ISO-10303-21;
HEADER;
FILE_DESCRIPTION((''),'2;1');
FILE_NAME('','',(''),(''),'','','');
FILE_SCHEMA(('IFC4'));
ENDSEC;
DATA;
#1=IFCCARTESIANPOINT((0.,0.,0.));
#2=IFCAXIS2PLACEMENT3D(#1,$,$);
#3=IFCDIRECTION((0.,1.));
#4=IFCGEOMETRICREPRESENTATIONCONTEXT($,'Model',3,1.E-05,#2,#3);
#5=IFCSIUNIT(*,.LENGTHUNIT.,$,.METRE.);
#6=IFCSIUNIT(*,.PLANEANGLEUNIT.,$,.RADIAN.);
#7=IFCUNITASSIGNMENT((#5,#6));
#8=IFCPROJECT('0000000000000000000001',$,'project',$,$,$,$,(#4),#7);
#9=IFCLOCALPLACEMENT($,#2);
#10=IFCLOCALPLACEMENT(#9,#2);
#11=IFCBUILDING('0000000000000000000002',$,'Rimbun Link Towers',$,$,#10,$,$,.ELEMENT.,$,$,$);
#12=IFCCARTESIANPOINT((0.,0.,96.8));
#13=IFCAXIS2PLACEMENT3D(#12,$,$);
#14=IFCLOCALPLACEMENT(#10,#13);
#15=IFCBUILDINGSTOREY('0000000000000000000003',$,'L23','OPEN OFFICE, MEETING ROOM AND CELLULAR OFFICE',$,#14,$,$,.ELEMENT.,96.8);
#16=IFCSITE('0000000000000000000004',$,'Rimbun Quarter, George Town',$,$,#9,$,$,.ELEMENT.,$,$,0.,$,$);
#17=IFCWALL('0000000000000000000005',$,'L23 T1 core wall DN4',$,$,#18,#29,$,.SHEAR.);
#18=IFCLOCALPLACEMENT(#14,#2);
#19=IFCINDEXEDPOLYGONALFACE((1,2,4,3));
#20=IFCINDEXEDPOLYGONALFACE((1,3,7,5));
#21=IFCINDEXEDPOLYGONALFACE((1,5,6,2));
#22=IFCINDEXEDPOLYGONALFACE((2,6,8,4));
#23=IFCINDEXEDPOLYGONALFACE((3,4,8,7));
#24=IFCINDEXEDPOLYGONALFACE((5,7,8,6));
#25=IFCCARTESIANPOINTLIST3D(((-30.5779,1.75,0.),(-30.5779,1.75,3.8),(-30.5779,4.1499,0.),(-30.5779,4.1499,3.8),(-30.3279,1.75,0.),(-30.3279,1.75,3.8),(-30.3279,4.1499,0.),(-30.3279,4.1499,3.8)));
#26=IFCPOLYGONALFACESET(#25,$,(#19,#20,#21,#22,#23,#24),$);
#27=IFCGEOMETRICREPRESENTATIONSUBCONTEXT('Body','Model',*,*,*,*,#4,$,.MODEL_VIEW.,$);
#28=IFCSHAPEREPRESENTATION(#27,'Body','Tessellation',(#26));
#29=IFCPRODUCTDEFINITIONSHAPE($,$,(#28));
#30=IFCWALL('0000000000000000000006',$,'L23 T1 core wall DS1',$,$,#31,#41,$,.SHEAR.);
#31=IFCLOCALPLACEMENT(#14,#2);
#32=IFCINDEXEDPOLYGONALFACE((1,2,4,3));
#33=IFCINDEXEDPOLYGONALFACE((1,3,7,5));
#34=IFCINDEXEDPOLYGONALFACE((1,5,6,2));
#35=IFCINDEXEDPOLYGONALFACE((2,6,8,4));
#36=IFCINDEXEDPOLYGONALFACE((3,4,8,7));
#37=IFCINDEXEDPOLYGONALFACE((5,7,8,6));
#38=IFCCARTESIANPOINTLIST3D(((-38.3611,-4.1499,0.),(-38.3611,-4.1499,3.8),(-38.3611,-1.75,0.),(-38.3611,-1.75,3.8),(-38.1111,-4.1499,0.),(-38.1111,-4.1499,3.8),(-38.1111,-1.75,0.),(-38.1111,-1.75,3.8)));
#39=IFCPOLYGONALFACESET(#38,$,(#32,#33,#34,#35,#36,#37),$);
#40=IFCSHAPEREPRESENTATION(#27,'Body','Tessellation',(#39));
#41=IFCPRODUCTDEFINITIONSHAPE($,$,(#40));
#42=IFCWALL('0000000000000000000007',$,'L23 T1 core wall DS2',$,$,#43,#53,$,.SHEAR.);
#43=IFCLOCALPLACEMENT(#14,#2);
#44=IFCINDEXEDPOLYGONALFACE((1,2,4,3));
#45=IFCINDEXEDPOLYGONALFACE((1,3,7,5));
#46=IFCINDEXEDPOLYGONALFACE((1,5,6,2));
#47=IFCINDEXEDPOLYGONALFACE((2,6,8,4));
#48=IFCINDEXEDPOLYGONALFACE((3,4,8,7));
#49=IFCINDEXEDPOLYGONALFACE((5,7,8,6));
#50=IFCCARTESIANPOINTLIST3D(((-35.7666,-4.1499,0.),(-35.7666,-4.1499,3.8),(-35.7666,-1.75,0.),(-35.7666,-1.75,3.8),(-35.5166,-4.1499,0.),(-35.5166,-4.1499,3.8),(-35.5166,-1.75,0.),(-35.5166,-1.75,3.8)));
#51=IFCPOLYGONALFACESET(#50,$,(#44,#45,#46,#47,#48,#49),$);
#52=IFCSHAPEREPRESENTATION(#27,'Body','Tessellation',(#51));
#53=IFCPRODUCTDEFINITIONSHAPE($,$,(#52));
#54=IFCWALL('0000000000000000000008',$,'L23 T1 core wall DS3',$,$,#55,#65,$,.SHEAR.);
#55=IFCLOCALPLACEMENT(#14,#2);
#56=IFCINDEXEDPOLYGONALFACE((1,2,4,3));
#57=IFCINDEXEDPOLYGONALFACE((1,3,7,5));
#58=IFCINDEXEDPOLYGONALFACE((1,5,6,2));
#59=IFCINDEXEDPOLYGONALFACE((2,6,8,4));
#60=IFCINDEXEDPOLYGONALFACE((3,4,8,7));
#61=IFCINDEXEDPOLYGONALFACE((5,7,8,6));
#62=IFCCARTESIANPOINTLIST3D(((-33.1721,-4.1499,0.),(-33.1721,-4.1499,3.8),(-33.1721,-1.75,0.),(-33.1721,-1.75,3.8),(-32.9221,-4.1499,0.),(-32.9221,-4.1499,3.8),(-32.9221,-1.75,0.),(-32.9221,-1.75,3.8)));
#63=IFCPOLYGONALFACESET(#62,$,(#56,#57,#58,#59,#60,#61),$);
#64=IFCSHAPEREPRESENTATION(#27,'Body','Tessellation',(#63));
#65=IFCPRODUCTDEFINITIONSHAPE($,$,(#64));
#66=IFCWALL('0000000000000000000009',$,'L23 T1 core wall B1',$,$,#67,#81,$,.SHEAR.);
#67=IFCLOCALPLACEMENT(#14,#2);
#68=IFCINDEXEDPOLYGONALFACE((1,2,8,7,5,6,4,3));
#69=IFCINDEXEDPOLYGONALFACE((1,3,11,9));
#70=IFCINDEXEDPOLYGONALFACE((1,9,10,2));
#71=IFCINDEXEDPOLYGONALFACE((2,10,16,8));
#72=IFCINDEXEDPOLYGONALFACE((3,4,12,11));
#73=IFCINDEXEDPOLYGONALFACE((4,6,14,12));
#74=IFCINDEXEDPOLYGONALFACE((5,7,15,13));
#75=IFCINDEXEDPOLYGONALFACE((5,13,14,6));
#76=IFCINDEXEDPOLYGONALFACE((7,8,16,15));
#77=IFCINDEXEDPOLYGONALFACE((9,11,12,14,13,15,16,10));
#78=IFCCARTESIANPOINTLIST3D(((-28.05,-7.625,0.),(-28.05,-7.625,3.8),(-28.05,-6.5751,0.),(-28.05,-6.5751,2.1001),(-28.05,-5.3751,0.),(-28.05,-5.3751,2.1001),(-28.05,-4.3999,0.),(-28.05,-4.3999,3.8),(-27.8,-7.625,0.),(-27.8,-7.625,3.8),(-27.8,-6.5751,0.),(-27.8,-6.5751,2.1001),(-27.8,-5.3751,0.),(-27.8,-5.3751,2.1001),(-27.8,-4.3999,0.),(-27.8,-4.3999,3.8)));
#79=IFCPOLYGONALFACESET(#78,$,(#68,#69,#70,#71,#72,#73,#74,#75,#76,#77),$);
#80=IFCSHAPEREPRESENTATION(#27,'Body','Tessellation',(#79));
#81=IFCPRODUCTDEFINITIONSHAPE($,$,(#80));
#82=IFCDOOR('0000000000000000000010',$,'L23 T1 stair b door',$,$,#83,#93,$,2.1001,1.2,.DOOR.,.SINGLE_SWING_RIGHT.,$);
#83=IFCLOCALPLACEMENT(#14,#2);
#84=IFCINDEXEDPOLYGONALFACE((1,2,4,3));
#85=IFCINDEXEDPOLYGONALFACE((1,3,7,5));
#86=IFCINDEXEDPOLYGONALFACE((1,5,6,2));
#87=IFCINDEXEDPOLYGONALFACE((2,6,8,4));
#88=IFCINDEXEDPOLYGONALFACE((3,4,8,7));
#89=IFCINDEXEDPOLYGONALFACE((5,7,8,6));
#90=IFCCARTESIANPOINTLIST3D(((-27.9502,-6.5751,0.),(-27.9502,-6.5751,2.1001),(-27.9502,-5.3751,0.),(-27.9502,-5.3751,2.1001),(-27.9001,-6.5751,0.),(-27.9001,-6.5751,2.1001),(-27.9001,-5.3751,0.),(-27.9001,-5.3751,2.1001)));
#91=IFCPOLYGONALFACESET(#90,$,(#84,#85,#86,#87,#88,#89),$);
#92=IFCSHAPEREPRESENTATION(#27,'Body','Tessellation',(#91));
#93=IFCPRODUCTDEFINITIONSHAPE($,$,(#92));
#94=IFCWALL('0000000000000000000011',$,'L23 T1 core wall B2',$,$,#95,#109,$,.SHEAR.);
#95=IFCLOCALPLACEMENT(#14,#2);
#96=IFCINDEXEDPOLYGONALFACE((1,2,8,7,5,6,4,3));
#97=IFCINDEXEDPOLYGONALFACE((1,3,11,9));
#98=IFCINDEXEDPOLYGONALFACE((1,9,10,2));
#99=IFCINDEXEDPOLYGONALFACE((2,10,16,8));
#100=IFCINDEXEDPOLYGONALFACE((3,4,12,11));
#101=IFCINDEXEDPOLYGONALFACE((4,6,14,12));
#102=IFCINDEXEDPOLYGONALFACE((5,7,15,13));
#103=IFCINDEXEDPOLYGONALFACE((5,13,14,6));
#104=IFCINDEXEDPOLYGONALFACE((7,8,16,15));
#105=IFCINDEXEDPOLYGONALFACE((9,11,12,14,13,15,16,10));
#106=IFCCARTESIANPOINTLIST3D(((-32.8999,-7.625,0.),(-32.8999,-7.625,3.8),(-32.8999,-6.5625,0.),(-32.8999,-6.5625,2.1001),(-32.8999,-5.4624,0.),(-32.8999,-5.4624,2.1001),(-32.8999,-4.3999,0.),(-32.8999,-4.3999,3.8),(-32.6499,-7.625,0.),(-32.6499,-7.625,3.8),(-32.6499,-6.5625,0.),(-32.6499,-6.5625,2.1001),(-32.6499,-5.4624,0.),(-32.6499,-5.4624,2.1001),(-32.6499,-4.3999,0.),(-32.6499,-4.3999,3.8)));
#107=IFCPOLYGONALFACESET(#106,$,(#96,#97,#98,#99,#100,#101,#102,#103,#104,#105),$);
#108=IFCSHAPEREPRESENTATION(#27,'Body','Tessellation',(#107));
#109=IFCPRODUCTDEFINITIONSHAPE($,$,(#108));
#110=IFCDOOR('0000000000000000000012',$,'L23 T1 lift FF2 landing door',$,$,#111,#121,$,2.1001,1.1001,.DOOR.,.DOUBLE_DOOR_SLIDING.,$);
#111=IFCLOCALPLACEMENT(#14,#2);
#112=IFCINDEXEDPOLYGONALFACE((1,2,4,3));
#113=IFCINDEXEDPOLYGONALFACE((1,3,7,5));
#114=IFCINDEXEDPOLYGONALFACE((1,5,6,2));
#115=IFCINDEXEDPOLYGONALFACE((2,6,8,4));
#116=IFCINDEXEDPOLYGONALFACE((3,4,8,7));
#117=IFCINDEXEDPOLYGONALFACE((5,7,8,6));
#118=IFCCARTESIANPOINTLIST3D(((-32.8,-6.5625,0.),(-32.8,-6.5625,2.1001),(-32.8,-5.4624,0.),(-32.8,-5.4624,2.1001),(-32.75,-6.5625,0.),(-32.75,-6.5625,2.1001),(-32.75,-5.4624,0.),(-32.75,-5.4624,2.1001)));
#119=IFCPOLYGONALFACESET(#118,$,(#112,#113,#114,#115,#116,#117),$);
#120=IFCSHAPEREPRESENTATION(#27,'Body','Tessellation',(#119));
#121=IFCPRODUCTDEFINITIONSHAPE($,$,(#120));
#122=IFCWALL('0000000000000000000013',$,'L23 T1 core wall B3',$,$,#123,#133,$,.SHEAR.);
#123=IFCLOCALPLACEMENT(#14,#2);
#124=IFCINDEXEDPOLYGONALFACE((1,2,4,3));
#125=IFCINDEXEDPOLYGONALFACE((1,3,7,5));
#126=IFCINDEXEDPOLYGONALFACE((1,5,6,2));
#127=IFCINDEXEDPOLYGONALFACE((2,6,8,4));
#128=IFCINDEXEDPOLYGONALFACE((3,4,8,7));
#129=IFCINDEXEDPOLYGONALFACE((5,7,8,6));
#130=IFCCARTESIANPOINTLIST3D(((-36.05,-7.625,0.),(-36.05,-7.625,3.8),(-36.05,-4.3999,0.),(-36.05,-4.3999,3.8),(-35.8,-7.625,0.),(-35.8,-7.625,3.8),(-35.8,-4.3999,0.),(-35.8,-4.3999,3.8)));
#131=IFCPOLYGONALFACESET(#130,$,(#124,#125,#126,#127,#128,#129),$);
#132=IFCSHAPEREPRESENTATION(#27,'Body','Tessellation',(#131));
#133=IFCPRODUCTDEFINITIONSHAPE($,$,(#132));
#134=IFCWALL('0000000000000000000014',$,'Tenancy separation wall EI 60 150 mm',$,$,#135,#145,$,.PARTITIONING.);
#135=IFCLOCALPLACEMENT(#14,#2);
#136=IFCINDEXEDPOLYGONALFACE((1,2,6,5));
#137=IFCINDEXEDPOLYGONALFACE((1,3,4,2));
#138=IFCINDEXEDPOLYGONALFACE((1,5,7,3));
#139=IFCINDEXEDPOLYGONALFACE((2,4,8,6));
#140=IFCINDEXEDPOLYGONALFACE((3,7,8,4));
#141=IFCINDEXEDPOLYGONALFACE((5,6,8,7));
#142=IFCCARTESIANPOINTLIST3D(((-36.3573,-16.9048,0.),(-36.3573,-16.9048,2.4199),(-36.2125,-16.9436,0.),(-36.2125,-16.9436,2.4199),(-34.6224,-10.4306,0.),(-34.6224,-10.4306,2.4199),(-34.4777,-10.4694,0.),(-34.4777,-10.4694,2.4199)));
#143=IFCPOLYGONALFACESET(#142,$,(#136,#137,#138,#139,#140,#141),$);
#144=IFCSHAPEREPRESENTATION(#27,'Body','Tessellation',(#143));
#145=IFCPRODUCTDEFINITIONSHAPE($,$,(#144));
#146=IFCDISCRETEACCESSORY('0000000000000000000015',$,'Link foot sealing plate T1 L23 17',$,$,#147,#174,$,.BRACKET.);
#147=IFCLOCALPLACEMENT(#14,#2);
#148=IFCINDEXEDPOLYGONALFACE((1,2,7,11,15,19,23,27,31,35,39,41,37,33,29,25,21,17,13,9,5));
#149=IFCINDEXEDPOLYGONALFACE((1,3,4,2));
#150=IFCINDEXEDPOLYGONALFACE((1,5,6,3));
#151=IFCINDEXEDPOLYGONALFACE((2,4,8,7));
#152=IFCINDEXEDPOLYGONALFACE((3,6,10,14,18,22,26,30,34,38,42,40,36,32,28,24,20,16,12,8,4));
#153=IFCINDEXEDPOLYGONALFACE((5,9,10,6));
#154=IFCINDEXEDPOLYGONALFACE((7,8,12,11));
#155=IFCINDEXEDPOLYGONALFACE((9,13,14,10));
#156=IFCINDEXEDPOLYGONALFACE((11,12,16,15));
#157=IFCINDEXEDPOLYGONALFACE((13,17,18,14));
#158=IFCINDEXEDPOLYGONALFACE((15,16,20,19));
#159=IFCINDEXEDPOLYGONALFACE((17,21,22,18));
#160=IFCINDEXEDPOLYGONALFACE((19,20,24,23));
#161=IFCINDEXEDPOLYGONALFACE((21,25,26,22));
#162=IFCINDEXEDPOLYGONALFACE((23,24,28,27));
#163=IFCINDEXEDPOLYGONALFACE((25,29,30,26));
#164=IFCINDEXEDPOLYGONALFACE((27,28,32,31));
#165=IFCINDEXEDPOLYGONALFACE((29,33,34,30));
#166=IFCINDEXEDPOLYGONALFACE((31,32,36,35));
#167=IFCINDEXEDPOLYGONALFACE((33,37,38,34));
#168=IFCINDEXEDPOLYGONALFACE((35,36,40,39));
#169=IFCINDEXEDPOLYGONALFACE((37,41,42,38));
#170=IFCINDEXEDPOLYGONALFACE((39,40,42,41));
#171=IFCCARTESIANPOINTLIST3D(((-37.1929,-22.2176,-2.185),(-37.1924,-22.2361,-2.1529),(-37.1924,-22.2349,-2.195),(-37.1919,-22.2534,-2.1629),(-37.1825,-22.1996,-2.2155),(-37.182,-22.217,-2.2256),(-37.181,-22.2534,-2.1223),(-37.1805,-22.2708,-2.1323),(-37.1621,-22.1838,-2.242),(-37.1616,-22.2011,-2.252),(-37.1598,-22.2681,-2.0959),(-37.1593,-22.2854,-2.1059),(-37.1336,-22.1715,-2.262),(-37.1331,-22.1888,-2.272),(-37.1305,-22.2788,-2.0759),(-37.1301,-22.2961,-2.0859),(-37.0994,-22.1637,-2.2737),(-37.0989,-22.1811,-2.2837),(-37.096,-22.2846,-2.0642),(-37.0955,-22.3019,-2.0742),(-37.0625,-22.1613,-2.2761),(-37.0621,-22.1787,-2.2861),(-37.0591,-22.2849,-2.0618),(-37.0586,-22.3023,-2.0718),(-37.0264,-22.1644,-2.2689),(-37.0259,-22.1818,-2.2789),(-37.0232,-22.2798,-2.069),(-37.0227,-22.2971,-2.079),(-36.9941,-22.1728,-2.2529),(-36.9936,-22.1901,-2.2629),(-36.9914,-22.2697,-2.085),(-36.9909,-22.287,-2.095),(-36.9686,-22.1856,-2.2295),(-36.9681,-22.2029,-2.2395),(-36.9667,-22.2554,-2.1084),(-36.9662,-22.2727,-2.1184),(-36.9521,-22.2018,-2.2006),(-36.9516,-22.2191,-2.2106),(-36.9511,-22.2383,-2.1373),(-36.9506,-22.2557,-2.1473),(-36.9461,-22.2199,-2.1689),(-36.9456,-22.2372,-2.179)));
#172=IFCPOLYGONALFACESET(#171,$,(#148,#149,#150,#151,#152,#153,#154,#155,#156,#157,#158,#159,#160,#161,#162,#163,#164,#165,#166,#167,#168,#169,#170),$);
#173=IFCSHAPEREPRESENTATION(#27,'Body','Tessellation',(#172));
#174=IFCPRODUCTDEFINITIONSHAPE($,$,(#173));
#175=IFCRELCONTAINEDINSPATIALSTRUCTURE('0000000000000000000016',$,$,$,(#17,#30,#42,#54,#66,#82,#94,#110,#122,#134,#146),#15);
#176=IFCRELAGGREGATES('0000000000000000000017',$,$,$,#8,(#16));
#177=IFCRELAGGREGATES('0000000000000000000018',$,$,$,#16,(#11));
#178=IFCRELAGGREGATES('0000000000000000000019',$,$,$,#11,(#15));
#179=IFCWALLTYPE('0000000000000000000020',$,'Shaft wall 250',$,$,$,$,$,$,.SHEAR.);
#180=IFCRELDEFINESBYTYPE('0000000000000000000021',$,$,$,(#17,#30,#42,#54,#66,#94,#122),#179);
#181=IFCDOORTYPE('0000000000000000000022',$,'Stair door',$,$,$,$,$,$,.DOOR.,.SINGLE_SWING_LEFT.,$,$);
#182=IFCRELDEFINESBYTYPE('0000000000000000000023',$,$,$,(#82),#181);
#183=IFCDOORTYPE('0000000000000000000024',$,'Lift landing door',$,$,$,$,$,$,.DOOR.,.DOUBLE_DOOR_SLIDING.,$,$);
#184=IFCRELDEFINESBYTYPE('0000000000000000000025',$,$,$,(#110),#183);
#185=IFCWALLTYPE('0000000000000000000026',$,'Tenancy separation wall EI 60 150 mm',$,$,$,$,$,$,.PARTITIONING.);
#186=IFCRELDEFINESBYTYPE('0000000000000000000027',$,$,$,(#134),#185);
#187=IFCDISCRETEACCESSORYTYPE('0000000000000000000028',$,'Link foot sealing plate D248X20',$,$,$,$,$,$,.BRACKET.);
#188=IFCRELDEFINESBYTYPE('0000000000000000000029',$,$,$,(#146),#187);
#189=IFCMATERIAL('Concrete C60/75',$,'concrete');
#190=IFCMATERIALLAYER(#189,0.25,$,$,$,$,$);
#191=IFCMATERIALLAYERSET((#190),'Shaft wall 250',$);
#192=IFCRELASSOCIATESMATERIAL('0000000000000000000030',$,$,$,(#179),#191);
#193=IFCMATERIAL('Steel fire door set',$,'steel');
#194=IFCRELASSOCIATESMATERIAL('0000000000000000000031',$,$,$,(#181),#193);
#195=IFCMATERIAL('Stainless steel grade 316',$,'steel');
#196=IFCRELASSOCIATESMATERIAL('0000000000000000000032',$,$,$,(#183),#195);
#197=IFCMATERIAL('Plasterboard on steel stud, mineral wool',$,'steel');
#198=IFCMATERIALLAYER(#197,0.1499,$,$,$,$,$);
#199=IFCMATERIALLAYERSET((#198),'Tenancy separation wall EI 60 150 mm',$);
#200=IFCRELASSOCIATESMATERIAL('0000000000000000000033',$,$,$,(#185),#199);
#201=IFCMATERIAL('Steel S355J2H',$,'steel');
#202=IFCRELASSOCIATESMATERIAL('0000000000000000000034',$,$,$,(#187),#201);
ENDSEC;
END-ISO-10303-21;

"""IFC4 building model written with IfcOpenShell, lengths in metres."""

from ifc_helpers import new_model, si_unit, direction, frame, frame_2d, origin, origin_2d, place, context, subcontext, project, spatial, rectangle, circle, extrude, material, layer, layer_set, material_profile, profile_set, type_object, element, fill, save


model = new_model("IFC4")

# Units and contexts
model_context = context("Model", 3, precision=1e-05, world=origin(), true_north=direction((0.0, 1.0)))
body_context = subcontext(model_context, "Body", "Model", "MODEL_VIEW")
ifc_project = project(units=[si_unit("LENGTHUNIT", "METRE"), si_unit("PLANEANGLEUNIT", "RADIAN")], contexts=[model_context])

# Site, building, storey
site_placement = place(None, origin())
site = spatial("IfcSite", under=ifc_project, at=site_placement, Name="Rimbun Quarter, George Town", CompositionType="ELEMENT", RefElevation=0.0)
building_placement = place(site_placement, origin())
building = spatial("IfcBuilding", under=site, at=building_placement, Name="Rimbun Link Towers", CompositionType="ELEMENT")
storey_placement = place(building_placement, frame((0.0, 0.0, 96.8)))
storey = spatial("IfcBuildingStorey", under=building, at=storey_placement, Name="L23", Description="OPEN OFFICE, MEETING ROOM AND CELLULAR OFFICE", CompositionType="ELEMENT", Elevation=96.8)

# Walls
ifc_material_1 = material(Name="Concrete C60/75", Category="concrete")
ifc_layer_1 = layer(ifc_material_1, 0.25)
ifc_layer_set_1 = layer_set([ifc_layer_1], Name="Shaft wall 250")
wall_type_1 = type_object("IfcWallType", Name="Shaft wall 250", PredefinedType="SHEAR", material=ifc_layer_set_1)
for number, where, z_axis, x_axis, name in (
    (1, (-30.4529, 1.75, 0.0), (0.0, 0.0, 1.0), (0.0, 1.0, 0.0), "L23 T1 core wall DN4"),
    (2, (-38.2361, -4.1499, 0.0), (0.0, 0.0, 1.0), (0.0, 1.0, 0.0), "L23 T1 core wall DS1"),
    (3, (-35.6416, -4.1499, 0.0), (0.0, 0.0, 1.0), (0.0, 1.0, 0.0), "L23 T1 core wall DS2"),
    (4, (-33.0471, -4.1499, 0.0), (0.0, 0.0, 1.0), (0.0, 1.0, 0.0), "L23 T1 core wall DS3"),
):
    element("IfcWall", number, at=place(storey_placement, frame(where, z_axis=z_axis, x_axis=x_axis)), inside=storey, type_object=wall_type_1, Name=name, PredefinedType="SHEAR", context=body_context, shape_type="SweptSolid", body=[
        extrude(rectangle(XDim=2.3999, YDim=0.25, at=frame_2d((1.2, 0.0))), origin(), (0.0, 0.0, 1.0), 3.8),
    ])

# Walls, openings, doors
wall_1_placement = place(storey_placement, frame((-27.925, -4.3999, 0.0), z_axis=(0.0, 0.0, 1.0), x_axis=(0.0, -1.0, 0.0)))
wall_1 = element("IfcWall", 5, at=wall_1_placement, inside=storey, type_object=wall_type_1, Name="L23 T1 core wall B1", PredefinedType="SHEAR", context=body_context, shape_type="SweptSolid", body=[
    extrude(rectangle(XDim=3.2251, YDim=0.25, at=frame_2d((1.6125, 0.0))), origin(), (0.0, 0.0, 1.0), 3.8),
])
opening_1_placement = place(wall_1_placement, frame((0.9751, 0.0, 0.0)))
opening_1 = element("IfcOpeningElement", 6, at=opening_1_placement, cuts=wall_1, PredefinedType="OPENING", context=body_context, shape_type="SweptSolid", body=[
    extrude(rectangle(XDim=1.2, YDim=2.1001, at=frame_2d((0.6001, 1.05))), frame((0.0, 0.135, 0.0), z_axis=(0.0, -1.0, 0.0), x_axis=(1.0, 0.0, 0.0)), (0.0, 0.0, 1.0), 0.27),
])
ifc_material_2 = material(Name="Steel fire door set", Category="steel")
door_type_1 = type_object("IfcDoorType", Name="Stair door", OperationType="SINGLE_SWING_LEFT", PredefinedType="DOOR", material=ifc_material_2)
door_1_placement = place(opening_1_placement, origin())
door_1 = element("IfcDoor", 7, at=door_1_placement, inside=storey, type_object=door_type_1, Name="L23 T1 stair b door", OperationType="SINGLE_SWING_RIGHT", OverallHeight=2.1001, OverallWidth=1.2, PredefinedType="DOOR", context=body_context, shape_type="SweptSolid", body=[
    extrude(rectangle(XDim=1.2, YDim=2.1001, at=frame_2d((0.6001, 1.05))), frame((0.0, 0.0249, 0.0), z_axis=(0.0, -1.0, 0.0), x_axis=(1.0, 0.0, 0.0)), (0.0, 0.0, 1.0), 0.05),
])
fill(opening_1, door_1)
wall_2_placement = place(storey_placement, frame((-32.7749, -4.3999, 0.0), z_axis=(0.0, 0.0, 1.0), x_axis=(0.0, -1.0, 0.0)))
wall_2 = element("IfcWall", 8, at=wall_2_placement, inside=storey, type_object=wall_type_1, Name="L23 T1 core wall B2", PredefinedType="SHEAR", context=body_context, shape_type="SweptSolid", body=[
    extrude(rectangle(XDim=3.2251, YDim=0.25, at=frame_2d((1.6125, 0.0))), origin(), (0.0, 0.0, 1.0), 3.8),
])
opening_2_placement = place(wall_2_placement, frame((1.0625, 0.0, 0.0)))
opening_2 = element("IfcOpeningElement", 9, at=opening_2_placement, cuts=wall_2, PredefinedType="OPENING", context=body_context, shape_type="SweptSolid", body=[
    extrude(rectangle(XDim=1.1001, YDim=2.1001, at=frame_2d((0.55, 1.05))), frame((0.0, 0.135, 0.0), z_axis=(0.0, -1.0, 0.0), x_axis=(1.0, 0.0, 0.0)), (0.0, 0.0, 1.0), 0.27),
])
ifc_material_3 = material(Name="Stainless steel grade 316", Category="steel")
door_type_2 = type_object("IfcDoorType", Name="Lift landing door", OperationType="DOUBLE_DOOR_SLIDING", PredefinedType="DOOR", material=ifc_material_3)
door_2_placement = place(opening_2_placement, origin())
door_2 = element("IfcDoor", 10, at=door_2_placement, inside=storey, type_object=door_type_2, Name="L23 T1 lift FF2 landing door", OperationType="DOUBLE_DOOR_SLIDING", OverallHeight=2.1001, OverallWidth=1.1001, PredefinedType="DOOR", context=body_context, shape_type="SweptSolid", body=[
    extrude(rectangle(XDim=1.1001, YDim=2.1001, at=frame_2d((0.55, 1.05))), frame((0.0, 0.0249, 0.0), z_axis=(0.0, -1.0, 0.0), x_axis=(1.0, 0.0, 0.0)), (0.0, 0.0, 1.0), 0.05),
])
fill(opening_2, door_2)

# Walls
wall_3_placement = place(storey_placement, frame((-35.925, -4.3999, 0.0), z_axis=(0.0, 0.0, 1.0), x_axis=(0.0, -1.0, 0.0)))
element("IfcWall", 11, at=wall_3_placement, inside=storey, type_object=wall_type_1, Name="L23 T1 core wall B3", PredefinedType="SHEAR", context=body_context, shape_type="SweptSolid", body=[
    extrude(rectangle(XDim=3.2251, YDim=0.25, at=frame_2d((1.6125, 0.0))), origin(), (0.0, 0.0, 1.0), 3.8),
])
ifc_material_4 = material(Name="Plasterboard on steel stud, mineral wool", Category="steel")
ifc_layer_2 = layer(ifc_material_4, 0.1499)
ifc_layer_set_2 = layer_set([ifc_layer_2], Name="Tenancy separation wall EI 60 150 mm")
wall_type_2 = type_object("IfcWallType", Name="Tenancy separation wall EI 60 150 mm", PredefinedType="PARTITIONING", material=ifc_layer_set_2)
wall_4_placement = place(storey_placement, frame((-34.55, -10.45, 0.0), z_axis=(0.0, 0.0, 1.0), x_axis=(-0.258837, -0.965921, 0.0)))
element("IfcWall", 12, at=wall_4_placement, inside=storey, type_object=wall_type_2, Name="Tenancy separation wall EI 60 150 mm", PredefinedType="PARTITIONING", context=body_context, shape_type="SweptSolid", body=[
    extrude(rectangle(XDim=6.7026, YDim=0.1499, at=frame_2d((3.3513, 0.0))), origin(), (0.0, 0.0, 1.0), 2.4199),
])

# Discrete accessory
ifc_material_5 = material(Name="Steel S355J2H", Category="steel")
ifc_material_profile_1 = material_profile(ifc_material_5, circle(Radius=0.124, at=origin_2d()), Name="PL D248")
ifc_profile_set_1 = profile_set([ifc_material_profile_1], Name="Steel S355J2H")
discrete_accessory_type = type_object("IfcDiscreteAccessoryType", Name="Link foot sealing plate D248X20", PredefinedType="BRACKET", material=ifc_profile_set_1)
discrete_accessory_placement = place(storey_placement, frame((-37.0701, -22.2234, -2.1689), z_axis=(0.024387, -0.865725, -0.499926), x_axis=(0.999603, 0.028158, 0.0)))
element("IfcDiscreteAccessory", 13, at=discrete_accessory_placement, inside=storey, type_object=discrete_accessory_type, Name="Link foot sealing plate T1 L23 17", PredefinedType="BRACKET", context=body_context, shape_type="SweptSolid", body=[
    extrude(circle(Radius=0.124, at=origin_2d()), origin(), (0.0, 0.0, 1.0), 0.02),
])

save(model, "model.ifc")
